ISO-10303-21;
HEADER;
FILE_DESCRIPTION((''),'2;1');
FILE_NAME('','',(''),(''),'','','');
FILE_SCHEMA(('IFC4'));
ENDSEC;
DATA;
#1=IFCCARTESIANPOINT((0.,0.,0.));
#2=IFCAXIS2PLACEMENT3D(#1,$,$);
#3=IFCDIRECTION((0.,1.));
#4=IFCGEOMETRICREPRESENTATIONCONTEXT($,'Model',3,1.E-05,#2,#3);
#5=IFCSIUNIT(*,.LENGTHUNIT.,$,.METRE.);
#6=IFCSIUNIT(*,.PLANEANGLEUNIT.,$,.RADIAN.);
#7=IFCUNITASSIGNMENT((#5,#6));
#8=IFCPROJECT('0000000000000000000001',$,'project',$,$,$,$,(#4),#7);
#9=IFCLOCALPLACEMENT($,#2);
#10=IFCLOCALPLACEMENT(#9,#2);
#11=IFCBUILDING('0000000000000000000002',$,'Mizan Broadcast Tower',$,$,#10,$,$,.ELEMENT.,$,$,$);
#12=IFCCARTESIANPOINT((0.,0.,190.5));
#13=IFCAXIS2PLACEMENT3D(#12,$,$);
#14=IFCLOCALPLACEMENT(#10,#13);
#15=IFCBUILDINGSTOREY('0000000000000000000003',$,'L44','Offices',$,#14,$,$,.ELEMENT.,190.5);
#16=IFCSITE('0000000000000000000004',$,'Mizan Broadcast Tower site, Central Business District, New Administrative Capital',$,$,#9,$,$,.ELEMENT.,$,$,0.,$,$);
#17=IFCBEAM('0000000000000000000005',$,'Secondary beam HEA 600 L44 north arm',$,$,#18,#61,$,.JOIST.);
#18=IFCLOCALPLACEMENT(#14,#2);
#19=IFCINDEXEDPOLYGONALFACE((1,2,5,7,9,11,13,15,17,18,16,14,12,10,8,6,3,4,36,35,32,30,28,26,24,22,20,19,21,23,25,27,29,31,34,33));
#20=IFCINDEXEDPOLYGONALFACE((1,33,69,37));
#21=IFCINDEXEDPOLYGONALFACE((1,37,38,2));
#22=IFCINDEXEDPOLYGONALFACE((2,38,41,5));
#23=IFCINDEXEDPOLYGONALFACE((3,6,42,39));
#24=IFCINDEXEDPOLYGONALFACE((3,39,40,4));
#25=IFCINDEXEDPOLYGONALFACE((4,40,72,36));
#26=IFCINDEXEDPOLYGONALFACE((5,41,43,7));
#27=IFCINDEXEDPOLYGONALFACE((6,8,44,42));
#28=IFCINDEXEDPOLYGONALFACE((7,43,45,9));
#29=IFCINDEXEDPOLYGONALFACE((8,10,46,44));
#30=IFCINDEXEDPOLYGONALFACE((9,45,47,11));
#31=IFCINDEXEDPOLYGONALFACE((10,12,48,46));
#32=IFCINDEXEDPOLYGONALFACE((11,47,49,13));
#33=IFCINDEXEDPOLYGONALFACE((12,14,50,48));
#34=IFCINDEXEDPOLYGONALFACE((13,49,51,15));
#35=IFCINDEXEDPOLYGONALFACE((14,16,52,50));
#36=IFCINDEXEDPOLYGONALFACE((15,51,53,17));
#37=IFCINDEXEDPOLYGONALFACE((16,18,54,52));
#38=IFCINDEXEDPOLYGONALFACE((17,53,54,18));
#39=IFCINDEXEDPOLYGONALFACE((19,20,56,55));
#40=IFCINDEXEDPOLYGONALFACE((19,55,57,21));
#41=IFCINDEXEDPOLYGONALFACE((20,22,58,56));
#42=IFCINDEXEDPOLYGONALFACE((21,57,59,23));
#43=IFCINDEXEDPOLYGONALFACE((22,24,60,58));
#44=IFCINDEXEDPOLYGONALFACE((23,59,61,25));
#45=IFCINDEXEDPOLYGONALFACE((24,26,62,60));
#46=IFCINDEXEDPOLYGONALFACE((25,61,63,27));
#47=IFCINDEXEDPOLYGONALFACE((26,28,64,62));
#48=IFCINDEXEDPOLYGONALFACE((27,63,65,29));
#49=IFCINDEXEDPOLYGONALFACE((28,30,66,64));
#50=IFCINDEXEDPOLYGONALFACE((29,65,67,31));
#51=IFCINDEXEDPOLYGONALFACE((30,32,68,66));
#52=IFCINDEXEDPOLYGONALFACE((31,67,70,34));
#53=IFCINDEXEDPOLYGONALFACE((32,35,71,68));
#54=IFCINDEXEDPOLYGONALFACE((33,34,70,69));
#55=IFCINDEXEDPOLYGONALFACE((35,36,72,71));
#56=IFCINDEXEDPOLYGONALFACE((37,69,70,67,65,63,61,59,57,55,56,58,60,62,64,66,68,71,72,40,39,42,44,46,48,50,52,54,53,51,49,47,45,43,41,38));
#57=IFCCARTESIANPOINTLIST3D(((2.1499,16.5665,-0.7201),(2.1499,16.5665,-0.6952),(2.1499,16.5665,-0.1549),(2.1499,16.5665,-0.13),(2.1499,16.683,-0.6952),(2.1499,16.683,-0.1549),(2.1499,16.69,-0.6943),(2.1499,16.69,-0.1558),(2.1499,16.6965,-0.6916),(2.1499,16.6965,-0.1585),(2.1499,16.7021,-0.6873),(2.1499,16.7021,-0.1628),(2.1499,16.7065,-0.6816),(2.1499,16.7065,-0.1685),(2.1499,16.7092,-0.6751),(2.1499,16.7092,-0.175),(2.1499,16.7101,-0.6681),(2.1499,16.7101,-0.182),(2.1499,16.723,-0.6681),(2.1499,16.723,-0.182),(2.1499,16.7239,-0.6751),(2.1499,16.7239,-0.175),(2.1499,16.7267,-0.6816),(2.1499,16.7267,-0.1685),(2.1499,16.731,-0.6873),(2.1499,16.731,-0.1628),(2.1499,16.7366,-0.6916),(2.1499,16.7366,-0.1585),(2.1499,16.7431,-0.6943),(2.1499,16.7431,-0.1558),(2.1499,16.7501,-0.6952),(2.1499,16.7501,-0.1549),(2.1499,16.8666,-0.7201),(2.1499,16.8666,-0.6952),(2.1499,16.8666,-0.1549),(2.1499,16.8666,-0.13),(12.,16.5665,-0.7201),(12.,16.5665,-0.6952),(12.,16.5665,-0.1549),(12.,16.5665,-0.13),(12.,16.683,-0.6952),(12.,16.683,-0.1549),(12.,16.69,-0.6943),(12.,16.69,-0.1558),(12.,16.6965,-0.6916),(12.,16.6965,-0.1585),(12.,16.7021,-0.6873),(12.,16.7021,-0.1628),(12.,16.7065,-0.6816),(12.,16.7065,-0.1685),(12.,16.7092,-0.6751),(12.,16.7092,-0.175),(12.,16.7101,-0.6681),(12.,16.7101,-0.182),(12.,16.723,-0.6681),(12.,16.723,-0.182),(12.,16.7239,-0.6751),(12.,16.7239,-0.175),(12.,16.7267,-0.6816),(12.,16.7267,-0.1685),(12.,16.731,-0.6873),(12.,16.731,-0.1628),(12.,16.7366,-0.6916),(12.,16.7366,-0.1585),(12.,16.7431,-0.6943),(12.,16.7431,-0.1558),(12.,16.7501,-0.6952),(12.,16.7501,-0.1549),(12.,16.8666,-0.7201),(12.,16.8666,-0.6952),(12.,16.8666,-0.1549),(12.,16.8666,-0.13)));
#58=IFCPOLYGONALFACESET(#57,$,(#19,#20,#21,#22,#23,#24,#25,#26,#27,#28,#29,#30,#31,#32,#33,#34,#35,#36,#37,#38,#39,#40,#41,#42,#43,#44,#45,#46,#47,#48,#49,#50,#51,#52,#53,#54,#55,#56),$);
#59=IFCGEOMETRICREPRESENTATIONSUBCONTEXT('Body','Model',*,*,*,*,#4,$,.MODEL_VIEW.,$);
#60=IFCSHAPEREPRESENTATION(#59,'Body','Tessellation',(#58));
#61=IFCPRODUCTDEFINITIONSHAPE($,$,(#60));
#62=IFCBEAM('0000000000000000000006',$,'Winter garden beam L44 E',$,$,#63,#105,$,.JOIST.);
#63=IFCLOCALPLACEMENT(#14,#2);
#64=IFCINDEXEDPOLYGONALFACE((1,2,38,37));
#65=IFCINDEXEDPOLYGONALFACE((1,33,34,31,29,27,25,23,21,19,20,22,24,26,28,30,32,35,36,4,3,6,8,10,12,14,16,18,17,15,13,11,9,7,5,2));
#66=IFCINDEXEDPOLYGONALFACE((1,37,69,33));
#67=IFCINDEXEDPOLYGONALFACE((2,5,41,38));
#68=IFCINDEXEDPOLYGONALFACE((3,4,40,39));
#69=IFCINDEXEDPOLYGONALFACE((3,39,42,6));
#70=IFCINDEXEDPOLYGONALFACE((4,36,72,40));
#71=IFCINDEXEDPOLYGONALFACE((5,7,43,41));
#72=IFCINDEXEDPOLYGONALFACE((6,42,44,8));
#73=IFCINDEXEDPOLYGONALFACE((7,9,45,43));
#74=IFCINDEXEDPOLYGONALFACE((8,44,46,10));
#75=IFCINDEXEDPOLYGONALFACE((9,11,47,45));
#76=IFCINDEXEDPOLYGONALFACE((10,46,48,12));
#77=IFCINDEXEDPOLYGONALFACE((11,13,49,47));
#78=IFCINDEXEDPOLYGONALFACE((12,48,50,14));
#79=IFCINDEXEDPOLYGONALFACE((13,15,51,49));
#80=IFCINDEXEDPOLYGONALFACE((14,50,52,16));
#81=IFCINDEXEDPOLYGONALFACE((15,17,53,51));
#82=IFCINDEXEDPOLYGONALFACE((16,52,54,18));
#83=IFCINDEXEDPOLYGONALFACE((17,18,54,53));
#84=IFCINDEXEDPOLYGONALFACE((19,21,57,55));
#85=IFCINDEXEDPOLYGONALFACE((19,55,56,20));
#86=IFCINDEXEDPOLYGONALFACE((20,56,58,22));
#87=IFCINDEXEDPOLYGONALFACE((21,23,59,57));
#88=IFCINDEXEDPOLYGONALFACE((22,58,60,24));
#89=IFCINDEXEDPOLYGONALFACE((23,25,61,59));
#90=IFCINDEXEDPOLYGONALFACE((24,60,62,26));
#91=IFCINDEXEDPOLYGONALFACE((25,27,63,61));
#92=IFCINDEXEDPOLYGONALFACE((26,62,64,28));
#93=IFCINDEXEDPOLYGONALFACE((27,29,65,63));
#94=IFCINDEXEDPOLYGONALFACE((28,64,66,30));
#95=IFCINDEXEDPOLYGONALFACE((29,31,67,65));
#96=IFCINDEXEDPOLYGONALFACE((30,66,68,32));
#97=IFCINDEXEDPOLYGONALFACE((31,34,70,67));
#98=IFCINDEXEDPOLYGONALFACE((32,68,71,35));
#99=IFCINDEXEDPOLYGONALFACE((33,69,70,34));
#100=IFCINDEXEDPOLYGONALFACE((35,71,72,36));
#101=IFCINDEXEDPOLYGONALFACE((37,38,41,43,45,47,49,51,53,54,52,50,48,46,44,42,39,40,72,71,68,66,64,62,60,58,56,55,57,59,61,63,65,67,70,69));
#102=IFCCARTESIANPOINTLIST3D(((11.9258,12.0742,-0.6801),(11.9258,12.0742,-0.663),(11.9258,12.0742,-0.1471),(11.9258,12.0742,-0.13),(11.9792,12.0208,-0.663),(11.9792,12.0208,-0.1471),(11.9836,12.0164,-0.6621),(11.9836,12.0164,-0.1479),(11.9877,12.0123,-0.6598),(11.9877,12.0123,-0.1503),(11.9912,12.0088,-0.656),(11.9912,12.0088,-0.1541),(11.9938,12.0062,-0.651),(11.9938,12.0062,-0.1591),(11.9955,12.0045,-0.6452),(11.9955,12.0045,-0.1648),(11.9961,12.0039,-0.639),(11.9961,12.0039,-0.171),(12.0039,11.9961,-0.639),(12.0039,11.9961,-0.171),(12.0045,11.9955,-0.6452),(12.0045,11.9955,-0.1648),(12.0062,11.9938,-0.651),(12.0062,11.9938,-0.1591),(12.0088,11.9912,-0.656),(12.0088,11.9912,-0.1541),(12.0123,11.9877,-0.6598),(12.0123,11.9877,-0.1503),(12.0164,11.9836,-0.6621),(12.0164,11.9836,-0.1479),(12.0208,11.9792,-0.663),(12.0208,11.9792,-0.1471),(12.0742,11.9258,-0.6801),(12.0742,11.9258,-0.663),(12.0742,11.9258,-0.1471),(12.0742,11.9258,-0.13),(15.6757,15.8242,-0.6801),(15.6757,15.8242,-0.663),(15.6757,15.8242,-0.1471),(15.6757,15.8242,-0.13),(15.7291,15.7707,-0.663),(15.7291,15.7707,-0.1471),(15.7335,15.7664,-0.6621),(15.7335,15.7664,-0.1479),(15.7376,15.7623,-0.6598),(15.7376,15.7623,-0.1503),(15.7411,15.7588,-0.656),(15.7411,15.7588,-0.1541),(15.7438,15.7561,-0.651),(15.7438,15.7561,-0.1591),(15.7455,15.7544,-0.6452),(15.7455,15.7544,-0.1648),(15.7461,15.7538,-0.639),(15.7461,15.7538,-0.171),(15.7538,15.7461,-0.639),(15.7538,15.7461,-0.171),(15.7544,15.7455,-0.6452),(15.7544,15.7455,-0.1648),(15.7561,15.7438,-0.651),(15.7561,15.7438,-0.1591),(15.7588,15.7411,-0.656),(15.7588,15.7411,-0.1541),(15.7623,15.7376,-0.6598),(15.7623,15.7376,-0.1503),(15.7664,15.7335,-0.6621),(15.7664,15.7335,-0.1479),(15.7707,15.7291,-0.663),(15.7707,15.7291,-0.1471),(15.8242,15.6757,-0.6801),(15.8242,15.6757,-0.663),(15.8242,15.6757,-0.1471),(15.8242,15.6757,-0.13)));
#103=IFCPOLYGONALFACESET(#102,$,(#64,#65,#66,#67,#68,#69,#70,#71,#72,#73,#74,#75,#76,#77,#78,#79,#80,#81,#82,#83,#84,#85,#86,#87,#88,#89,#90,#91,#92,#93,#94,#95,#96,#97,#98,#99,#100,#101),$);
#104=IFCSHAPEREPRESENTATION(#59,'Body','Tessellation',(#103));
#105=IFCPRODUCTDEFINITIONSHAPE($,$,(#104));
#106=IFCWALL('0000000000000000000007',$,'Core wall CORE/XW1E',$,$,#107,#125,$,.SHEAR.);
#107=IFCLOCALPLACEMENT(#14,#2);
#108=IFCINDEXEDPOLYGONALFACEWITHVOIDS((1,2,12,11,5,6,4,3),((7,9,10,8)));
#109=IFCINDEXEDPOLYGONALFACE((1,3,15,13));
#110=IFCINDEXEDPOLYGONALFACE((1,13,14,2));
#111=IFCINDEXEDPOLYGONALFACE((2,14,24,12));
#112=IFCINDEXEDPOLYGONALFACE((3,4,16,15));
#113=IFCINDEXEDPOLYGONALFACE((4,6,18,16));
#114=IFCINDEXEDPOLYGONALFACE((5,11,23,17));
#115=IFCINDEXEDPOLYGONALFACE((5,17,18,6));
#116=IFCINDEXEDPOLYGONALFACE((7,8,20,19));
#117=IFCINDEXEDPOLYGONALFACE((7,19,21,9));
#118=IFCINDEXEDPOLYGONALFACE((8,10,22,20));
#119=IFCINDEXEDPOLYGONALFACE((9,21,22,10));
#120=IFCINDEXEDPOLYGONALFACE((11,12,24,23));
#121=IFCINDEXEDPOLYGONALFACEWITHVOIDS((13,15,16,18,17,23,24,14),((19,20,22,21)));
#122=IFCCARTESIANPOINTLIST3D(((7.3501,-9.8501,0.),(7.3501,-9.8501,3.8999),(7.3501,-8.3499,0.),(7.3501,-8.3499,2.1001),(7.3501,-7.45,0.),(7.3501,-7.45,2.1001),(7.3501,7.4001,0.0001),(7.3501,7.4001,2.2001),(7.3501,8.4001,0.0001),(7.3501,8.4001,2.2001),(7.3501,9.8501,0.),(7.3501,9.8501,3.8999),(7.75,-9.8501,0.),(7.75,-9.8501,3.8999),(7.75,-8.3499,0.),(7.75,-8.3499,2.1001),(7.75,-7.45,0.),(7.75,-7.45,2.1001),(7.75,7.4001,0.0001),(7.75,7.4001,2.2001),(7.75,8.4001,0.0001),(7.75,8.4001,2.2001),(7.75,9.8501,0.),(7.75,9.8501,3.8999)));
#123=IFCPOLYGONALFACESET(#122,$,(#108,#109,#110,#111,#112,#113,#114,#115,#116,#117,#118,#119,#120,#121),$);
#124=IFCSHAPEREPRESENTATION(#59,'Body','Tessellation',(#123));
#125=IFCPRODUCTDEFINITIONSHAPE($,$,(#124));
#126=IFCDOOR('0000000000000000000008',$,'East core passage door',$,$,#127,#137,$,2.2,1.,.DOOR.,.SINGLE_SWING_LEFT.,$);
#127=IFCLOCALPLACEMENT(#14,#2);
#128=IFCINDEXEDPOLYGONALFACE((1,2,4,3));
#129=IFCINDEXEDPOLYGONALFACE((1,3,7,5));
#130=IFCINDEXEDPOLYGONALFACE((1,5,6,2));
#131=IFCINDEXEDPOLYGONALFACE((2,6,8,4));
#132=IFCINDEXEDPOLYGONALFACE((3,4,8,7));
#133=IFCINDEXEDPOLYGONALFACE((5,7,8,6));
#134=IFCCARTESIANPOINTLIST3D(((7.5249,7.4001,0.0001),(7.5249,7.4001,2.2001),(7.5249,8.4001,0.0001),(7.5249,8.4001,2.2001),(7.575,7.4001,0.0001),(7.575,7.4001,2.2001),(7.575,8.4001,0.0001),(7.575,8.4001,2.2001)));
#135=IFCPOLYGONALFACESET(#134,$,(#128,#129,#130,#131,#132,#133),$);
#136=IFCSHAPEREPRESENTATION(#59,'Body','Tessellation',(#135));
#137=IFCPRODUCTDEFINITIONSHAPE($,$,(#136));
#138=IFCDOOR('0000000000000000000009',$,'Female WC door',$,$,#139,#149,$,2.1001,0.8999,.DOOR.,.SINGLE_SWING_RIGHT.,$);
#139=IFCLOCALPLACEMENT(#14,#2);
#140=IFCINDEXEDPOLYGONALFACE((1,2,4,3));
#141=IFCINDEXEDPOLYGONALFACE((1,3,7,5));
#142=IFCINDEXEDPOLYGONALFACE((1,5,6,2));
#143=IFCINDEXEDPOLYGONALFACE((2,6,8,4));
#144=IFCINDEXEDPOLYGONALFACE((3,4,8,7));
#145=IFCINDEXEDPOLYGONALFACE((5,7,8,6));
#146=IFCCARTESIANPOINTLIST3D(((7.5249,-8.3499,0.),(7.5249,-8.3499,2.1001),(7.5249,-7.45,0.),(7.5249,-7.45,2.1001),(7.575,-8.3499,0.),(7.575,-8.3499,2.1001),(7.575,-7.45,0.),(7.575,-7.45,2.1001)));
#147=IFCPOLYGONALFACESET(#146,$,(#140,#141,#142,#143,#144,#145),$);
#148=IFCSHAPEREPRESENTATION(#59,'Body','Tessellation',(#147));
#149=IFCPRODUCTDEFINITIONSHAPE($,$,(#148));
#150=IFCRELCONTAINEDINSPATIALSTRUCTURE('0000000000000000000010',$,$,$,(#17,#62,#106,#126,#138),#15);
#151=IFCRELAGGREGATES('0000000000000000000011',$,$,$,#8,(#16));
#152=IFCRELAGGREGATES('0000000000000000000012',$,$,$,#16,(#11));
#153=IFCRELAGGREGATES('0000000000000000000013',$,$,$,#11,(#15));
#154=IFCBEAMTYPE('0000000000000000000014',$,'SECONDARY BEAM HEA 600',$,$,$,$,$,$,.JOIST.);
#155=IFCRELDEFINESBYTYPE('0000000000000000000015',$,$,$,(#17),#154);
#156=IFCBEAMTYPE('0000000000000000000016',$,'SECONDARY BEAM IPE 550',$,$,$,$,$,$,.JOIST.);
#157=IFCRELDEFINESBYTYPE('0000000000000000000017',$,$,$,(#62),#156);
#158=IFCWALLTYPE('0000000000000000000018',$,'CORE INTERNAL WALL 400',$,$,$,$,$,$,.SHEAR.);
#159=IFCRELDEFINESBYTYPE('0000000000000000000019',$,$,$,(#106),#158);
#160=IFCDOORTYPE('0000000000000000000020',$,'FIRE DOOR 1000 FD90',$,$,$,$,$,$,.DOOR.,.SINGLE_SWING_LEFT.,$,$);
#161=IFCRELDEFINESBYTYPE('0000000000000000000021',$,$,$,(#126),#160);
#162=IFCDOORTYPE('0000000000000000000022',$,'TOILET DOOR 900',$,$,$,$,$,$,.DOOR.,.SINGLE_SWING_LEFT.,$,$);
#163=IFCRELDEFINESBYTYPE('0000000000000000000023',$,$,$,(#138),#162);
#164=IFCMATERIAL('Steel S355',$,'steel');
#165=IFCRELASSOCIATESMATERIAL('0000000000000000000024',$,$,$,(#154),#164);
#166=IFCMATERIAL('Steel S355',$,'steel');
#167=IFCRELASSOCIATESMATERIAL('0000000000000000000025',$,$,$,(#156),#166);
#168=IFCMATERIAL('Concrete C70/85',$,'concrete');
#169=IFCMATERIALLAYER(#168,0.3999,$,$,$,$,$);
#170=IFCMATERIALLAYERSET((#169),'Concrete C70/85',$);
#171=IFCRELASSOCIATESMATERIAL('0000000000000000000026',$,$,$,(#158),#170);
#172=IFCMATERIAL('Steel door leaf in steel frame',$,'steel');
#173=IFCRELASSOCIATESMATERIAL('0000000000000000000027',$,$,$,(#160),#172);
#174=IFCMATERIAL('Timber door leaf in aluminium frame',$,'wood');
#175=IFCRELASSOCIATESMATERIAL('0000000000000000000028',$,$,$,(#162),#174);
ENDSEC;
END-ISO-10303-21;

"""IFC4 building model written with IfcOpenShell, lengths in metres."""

from ifc_helpers import new_model, si_unit, direction, frame, frame_2d, origin, origin_2d, place, context, subcontext, project, spatial, rectangle, i_section, extrude, material, layer, layer_set, material_profile, profile_set, type_object, element, fill, save


model = new_model("IFC4")

# Units and contexts
model_context = context("Model", 3, precision=1e-05, world=origin(), true_north=direction((0.0, 1.0)))
body_context = subcontext(model_context, "Body", "Model", "MODEL_VIEW")
ifc_project = project(units=[si_unit("LENGTHUNIT", "METRE"), si_unit("PLANEANGLEUNIT", "RADIAN")], contexts=[model_context])

# Site, building, storey
site_placement = place(None, origin())
site = spatial("IfcSite", under=ifc_project, at=site_placement, Name="Mizan Broadcast Tower site, Central Business District, New Administrative Capital", CompositionType="ELEMENT", RefElevation=0.0)
building_placement = place(site_placement, origin())
building = spatial("IfcBuilding", under=site, at=building_placement, Name="Mizan Broadcast Tower", CompositionType="ELEMENT")
storey_placement = place(building_placement, frame((0.0, 0.0, 190.5)))
storey = spatial("IfcBuildingStorey", under=building, at=storey_placement, Name="L44", Description="Offices", CompositionType="ELEMENT", Elevation=190.5)

# Beams
ifc_material_1 = material(Name="Steel S355", Category="steel")
ifc_material_profile_1 = material_profile(ifc_material_1, i_section(OverallWidth=0.3, OverallDepth=0.5901, WebThickness=0.0129, FlangeThickness=0.0249, FilletRadius=0.0271, at=origin_2d()), Name="HEA 600")
ifc_profile_set_1 = profile_set([ifc_material_profile_1], Name="Steel S355")
beam_type_1 = type_object("IfcBeamType", Name="SECONDARY BEAM HEA 600", PredefinedType="JOIST", material=ifc_profile_set_1)
for number, where, z_axis, x_axis, name in (
    (1, (12.0, 16.7166, -0.425), (-1.0, 0.0, 0.0), (0.0, -1.0, 0.0), "Secondary beam HEA 600 L44 north arm"),
):
    element("IfcBeam", number, at=place(storey_placement, frame(where, z_axis=z_axis, x_axis=x_axis)), inside=storey, type_object=beam_type_1, Name=name, PredefinedType="JOIST", context=body_context, shape_type="SweptSolid", body=[
        extrude(i_section(OverallWidth=0.3, OverallDepth=0.5901, WebThickness=0.0129, FlangeThickness=0.0249, FilletRadius=0.0271, at=origin_2d()), origin(), (0.0, 0.0, 1.0), 9.8501),
    ])
ifc_material_2 = material(Name="Steel S355", Category="steel")
ifc_material_profile_2 = material_profile(ifc_material_2, i_section(OverallWidth=0.21, OverallDepth=0.55, WebThickness=0.011, FlangeThickness=0.0171, FilletRadius=0.0239, at=origin_2d()), Name="IPE 550")
ifc_profile_set_2 = profile_set([ifc_material_profile_2], Name="Steel S355")
beam_type_2 = type_object("IfcBeamType", Name="SECONDARY BEAM IPE 550", PredefinedType="JOIST", material=ifc_profile_set_2)
beam_1_placement = place(storey_placement, frame((12.0, 12.0, -0.405), z_axis=(0.707107, 0.707107, 0.0), x_axis=(-0.707107, 0.707107, 0.0)))
element("IfcBeam", 2, at=beam_1_placement, inside=storey, type_object=beam_type_2, Name="Winter garden beam L44 E", PredefinedType="JOIST", context=body_context, shape_type="SweptSolid", body=[
    extrude(i_section(OverallWidth=0.21, OverallDepth=0.55, WebThickness=0.011, FlangeThickness=0.0171, FilletRadius=0.0239, at=origin_2d()), origin(), (0.0, 0.0, 1.0), 5.3032),
])

# Wall, openings, doors
ifc_material_3 = material(Name="Concrete C70/85", Category="concrete")
ifc_layer_1 = layer(ifc_material_3, 0.3999)
ifc_layer_set_1 = layer_set([ifc_layer_1], Name="Concrete C70/85")
wall_type_1 = type_object("IfcWallType", Name="CORE INTERNAL WALL 400", PredefinedType="SHEAR", material=ifc_layer_set_1)
wall_1_placement = place(storey_placement, frame((7.55, 9.8501, 0.0), z_axis=(0.0, 0.0, 1.0), x_axis=(0.0, -1.0, 0.0)))
wall_1 = element("IfcWall", 3, at=wall_1_placement, inside=storey, type_object=wall_type_1, Name="Core wall CORE/XW1E", PredefinedType="SHEAR", context=body_context, shape_type="SweptSolid", body=[
    extrude(rectangle(XDim=19.7002, YDim=0.3999, at=frame_2d((9.8501, 0.0))), origin(), (0.0, 0.0, 1.0), 3.8999),
])
opening_1_placement = place(wall_1_placement, frame((1.45, 0.0, 0.0)))
opening_1 = element("IfcOpeningElement", 4, at=opening_1_placement, cuts=wall_1, PredefinedType="OPENING", context=body_context, shape_type="SweptSolid", body=[
    extrude(rectangle(XDim=1.0, YDim=2.2, at=frame_2d((0.5, 1.1001))), frame((0.0, 0.21, 0.0), z_axis=(0.0, -1.0, 0.0), x_axis=(1.0, 0.0, 0.0)), (0.0, 0.0, 1.0), 0.4199),
])
opening_2_placement = place(wall_1_placement, frame((17.3, 0.0, 0.0)))
opening_2 = element("IfcOpeningElement", 5, at=opening_2_placement, cuts=wall_1, PredefinedType="OPENING", context=body_context, shape_type="SweptSolid", body=[
    extrude(rectangle(XDim=0.8999, YDim=2.1001, at=frame_2d((0.45, 1.05))), frame((0.0, 0.21, 0.0), z_axis=(0.0, -1.0, 0.0), x_axis=(1.0, 0.0, 0.0)), (0.0, 0.0, 1.0), 0.4199),
])
ifc_material_4 = material(Name="Steel door leaf in steel frame", Category="steel")
door_type_1 = type_object("IfcDoorType", Name="FIRE DOOR 1000 FD90", OperationType="SINGLE_SWING_LEFT", PredefinedType="DOOR", material=ifc_material_4)
door_1_placement = place(opening_1_placement, origin())
door_1 = element("IfcDoor", 6, at=door_1_placement, inside=storey, type_object=door_type_1, Name="East core passage door", OperationType="SINGLE_SWING_LEFT", OverallHeight=2.2, OverallWidth=1.0, PredefinedType="DOOR", context=body_context, shape_type="SweptSolid", body=[
    extrude(rectangle(XDim=1.0, YDim=2.2, at=frame_2d((0.5, 1.1001))), frame((0.0, 0.0249, 0.0), z_axis=(0.0, -1.0, 0.0), x_axis=(1.0, 0.0, 0.0)), (0.0, 0.0, 1.0), 0.05),
])
fill(opening_1, door_1)
ifc_material_5 = material(Name="Timber door leaf in aluminium frame", Category="wood")
door_type_2 = type_object("IfcDoorType", Name="TOILET DOOR 900", OperationType="SINGLE_SWING_LEFT", PredefinedType="DOOR", material=ifc_material_5)
door_2_placement = place(opening_2_placement, origin())
door_2 = element("IfcDoor", 7, at=door_2_placement, inside=storey, type_object=door_type_2, Name="Female WC door", OperationType="SINGLE_SWING_RIGHT", OverallHeight=2.1001, OverallWidth=0.8999, PredefinedType="DOOR", context=body_context, shape_type="SweptSolid", body=[
    extrude(rectangle(XDim=0.8999, YDim=2.1001, at=frame_2d((0.45, 1.05))), frame((0.0, 0.0249, 0.0), z_axis=(0.0, -1.0, 0.0), x_axis=(1.0, 0.0, 0.0)), (0.0, 0.0, 1.0), 0.05),
])
fill(opening_2, door_2)

save(model, "model.ifc")
